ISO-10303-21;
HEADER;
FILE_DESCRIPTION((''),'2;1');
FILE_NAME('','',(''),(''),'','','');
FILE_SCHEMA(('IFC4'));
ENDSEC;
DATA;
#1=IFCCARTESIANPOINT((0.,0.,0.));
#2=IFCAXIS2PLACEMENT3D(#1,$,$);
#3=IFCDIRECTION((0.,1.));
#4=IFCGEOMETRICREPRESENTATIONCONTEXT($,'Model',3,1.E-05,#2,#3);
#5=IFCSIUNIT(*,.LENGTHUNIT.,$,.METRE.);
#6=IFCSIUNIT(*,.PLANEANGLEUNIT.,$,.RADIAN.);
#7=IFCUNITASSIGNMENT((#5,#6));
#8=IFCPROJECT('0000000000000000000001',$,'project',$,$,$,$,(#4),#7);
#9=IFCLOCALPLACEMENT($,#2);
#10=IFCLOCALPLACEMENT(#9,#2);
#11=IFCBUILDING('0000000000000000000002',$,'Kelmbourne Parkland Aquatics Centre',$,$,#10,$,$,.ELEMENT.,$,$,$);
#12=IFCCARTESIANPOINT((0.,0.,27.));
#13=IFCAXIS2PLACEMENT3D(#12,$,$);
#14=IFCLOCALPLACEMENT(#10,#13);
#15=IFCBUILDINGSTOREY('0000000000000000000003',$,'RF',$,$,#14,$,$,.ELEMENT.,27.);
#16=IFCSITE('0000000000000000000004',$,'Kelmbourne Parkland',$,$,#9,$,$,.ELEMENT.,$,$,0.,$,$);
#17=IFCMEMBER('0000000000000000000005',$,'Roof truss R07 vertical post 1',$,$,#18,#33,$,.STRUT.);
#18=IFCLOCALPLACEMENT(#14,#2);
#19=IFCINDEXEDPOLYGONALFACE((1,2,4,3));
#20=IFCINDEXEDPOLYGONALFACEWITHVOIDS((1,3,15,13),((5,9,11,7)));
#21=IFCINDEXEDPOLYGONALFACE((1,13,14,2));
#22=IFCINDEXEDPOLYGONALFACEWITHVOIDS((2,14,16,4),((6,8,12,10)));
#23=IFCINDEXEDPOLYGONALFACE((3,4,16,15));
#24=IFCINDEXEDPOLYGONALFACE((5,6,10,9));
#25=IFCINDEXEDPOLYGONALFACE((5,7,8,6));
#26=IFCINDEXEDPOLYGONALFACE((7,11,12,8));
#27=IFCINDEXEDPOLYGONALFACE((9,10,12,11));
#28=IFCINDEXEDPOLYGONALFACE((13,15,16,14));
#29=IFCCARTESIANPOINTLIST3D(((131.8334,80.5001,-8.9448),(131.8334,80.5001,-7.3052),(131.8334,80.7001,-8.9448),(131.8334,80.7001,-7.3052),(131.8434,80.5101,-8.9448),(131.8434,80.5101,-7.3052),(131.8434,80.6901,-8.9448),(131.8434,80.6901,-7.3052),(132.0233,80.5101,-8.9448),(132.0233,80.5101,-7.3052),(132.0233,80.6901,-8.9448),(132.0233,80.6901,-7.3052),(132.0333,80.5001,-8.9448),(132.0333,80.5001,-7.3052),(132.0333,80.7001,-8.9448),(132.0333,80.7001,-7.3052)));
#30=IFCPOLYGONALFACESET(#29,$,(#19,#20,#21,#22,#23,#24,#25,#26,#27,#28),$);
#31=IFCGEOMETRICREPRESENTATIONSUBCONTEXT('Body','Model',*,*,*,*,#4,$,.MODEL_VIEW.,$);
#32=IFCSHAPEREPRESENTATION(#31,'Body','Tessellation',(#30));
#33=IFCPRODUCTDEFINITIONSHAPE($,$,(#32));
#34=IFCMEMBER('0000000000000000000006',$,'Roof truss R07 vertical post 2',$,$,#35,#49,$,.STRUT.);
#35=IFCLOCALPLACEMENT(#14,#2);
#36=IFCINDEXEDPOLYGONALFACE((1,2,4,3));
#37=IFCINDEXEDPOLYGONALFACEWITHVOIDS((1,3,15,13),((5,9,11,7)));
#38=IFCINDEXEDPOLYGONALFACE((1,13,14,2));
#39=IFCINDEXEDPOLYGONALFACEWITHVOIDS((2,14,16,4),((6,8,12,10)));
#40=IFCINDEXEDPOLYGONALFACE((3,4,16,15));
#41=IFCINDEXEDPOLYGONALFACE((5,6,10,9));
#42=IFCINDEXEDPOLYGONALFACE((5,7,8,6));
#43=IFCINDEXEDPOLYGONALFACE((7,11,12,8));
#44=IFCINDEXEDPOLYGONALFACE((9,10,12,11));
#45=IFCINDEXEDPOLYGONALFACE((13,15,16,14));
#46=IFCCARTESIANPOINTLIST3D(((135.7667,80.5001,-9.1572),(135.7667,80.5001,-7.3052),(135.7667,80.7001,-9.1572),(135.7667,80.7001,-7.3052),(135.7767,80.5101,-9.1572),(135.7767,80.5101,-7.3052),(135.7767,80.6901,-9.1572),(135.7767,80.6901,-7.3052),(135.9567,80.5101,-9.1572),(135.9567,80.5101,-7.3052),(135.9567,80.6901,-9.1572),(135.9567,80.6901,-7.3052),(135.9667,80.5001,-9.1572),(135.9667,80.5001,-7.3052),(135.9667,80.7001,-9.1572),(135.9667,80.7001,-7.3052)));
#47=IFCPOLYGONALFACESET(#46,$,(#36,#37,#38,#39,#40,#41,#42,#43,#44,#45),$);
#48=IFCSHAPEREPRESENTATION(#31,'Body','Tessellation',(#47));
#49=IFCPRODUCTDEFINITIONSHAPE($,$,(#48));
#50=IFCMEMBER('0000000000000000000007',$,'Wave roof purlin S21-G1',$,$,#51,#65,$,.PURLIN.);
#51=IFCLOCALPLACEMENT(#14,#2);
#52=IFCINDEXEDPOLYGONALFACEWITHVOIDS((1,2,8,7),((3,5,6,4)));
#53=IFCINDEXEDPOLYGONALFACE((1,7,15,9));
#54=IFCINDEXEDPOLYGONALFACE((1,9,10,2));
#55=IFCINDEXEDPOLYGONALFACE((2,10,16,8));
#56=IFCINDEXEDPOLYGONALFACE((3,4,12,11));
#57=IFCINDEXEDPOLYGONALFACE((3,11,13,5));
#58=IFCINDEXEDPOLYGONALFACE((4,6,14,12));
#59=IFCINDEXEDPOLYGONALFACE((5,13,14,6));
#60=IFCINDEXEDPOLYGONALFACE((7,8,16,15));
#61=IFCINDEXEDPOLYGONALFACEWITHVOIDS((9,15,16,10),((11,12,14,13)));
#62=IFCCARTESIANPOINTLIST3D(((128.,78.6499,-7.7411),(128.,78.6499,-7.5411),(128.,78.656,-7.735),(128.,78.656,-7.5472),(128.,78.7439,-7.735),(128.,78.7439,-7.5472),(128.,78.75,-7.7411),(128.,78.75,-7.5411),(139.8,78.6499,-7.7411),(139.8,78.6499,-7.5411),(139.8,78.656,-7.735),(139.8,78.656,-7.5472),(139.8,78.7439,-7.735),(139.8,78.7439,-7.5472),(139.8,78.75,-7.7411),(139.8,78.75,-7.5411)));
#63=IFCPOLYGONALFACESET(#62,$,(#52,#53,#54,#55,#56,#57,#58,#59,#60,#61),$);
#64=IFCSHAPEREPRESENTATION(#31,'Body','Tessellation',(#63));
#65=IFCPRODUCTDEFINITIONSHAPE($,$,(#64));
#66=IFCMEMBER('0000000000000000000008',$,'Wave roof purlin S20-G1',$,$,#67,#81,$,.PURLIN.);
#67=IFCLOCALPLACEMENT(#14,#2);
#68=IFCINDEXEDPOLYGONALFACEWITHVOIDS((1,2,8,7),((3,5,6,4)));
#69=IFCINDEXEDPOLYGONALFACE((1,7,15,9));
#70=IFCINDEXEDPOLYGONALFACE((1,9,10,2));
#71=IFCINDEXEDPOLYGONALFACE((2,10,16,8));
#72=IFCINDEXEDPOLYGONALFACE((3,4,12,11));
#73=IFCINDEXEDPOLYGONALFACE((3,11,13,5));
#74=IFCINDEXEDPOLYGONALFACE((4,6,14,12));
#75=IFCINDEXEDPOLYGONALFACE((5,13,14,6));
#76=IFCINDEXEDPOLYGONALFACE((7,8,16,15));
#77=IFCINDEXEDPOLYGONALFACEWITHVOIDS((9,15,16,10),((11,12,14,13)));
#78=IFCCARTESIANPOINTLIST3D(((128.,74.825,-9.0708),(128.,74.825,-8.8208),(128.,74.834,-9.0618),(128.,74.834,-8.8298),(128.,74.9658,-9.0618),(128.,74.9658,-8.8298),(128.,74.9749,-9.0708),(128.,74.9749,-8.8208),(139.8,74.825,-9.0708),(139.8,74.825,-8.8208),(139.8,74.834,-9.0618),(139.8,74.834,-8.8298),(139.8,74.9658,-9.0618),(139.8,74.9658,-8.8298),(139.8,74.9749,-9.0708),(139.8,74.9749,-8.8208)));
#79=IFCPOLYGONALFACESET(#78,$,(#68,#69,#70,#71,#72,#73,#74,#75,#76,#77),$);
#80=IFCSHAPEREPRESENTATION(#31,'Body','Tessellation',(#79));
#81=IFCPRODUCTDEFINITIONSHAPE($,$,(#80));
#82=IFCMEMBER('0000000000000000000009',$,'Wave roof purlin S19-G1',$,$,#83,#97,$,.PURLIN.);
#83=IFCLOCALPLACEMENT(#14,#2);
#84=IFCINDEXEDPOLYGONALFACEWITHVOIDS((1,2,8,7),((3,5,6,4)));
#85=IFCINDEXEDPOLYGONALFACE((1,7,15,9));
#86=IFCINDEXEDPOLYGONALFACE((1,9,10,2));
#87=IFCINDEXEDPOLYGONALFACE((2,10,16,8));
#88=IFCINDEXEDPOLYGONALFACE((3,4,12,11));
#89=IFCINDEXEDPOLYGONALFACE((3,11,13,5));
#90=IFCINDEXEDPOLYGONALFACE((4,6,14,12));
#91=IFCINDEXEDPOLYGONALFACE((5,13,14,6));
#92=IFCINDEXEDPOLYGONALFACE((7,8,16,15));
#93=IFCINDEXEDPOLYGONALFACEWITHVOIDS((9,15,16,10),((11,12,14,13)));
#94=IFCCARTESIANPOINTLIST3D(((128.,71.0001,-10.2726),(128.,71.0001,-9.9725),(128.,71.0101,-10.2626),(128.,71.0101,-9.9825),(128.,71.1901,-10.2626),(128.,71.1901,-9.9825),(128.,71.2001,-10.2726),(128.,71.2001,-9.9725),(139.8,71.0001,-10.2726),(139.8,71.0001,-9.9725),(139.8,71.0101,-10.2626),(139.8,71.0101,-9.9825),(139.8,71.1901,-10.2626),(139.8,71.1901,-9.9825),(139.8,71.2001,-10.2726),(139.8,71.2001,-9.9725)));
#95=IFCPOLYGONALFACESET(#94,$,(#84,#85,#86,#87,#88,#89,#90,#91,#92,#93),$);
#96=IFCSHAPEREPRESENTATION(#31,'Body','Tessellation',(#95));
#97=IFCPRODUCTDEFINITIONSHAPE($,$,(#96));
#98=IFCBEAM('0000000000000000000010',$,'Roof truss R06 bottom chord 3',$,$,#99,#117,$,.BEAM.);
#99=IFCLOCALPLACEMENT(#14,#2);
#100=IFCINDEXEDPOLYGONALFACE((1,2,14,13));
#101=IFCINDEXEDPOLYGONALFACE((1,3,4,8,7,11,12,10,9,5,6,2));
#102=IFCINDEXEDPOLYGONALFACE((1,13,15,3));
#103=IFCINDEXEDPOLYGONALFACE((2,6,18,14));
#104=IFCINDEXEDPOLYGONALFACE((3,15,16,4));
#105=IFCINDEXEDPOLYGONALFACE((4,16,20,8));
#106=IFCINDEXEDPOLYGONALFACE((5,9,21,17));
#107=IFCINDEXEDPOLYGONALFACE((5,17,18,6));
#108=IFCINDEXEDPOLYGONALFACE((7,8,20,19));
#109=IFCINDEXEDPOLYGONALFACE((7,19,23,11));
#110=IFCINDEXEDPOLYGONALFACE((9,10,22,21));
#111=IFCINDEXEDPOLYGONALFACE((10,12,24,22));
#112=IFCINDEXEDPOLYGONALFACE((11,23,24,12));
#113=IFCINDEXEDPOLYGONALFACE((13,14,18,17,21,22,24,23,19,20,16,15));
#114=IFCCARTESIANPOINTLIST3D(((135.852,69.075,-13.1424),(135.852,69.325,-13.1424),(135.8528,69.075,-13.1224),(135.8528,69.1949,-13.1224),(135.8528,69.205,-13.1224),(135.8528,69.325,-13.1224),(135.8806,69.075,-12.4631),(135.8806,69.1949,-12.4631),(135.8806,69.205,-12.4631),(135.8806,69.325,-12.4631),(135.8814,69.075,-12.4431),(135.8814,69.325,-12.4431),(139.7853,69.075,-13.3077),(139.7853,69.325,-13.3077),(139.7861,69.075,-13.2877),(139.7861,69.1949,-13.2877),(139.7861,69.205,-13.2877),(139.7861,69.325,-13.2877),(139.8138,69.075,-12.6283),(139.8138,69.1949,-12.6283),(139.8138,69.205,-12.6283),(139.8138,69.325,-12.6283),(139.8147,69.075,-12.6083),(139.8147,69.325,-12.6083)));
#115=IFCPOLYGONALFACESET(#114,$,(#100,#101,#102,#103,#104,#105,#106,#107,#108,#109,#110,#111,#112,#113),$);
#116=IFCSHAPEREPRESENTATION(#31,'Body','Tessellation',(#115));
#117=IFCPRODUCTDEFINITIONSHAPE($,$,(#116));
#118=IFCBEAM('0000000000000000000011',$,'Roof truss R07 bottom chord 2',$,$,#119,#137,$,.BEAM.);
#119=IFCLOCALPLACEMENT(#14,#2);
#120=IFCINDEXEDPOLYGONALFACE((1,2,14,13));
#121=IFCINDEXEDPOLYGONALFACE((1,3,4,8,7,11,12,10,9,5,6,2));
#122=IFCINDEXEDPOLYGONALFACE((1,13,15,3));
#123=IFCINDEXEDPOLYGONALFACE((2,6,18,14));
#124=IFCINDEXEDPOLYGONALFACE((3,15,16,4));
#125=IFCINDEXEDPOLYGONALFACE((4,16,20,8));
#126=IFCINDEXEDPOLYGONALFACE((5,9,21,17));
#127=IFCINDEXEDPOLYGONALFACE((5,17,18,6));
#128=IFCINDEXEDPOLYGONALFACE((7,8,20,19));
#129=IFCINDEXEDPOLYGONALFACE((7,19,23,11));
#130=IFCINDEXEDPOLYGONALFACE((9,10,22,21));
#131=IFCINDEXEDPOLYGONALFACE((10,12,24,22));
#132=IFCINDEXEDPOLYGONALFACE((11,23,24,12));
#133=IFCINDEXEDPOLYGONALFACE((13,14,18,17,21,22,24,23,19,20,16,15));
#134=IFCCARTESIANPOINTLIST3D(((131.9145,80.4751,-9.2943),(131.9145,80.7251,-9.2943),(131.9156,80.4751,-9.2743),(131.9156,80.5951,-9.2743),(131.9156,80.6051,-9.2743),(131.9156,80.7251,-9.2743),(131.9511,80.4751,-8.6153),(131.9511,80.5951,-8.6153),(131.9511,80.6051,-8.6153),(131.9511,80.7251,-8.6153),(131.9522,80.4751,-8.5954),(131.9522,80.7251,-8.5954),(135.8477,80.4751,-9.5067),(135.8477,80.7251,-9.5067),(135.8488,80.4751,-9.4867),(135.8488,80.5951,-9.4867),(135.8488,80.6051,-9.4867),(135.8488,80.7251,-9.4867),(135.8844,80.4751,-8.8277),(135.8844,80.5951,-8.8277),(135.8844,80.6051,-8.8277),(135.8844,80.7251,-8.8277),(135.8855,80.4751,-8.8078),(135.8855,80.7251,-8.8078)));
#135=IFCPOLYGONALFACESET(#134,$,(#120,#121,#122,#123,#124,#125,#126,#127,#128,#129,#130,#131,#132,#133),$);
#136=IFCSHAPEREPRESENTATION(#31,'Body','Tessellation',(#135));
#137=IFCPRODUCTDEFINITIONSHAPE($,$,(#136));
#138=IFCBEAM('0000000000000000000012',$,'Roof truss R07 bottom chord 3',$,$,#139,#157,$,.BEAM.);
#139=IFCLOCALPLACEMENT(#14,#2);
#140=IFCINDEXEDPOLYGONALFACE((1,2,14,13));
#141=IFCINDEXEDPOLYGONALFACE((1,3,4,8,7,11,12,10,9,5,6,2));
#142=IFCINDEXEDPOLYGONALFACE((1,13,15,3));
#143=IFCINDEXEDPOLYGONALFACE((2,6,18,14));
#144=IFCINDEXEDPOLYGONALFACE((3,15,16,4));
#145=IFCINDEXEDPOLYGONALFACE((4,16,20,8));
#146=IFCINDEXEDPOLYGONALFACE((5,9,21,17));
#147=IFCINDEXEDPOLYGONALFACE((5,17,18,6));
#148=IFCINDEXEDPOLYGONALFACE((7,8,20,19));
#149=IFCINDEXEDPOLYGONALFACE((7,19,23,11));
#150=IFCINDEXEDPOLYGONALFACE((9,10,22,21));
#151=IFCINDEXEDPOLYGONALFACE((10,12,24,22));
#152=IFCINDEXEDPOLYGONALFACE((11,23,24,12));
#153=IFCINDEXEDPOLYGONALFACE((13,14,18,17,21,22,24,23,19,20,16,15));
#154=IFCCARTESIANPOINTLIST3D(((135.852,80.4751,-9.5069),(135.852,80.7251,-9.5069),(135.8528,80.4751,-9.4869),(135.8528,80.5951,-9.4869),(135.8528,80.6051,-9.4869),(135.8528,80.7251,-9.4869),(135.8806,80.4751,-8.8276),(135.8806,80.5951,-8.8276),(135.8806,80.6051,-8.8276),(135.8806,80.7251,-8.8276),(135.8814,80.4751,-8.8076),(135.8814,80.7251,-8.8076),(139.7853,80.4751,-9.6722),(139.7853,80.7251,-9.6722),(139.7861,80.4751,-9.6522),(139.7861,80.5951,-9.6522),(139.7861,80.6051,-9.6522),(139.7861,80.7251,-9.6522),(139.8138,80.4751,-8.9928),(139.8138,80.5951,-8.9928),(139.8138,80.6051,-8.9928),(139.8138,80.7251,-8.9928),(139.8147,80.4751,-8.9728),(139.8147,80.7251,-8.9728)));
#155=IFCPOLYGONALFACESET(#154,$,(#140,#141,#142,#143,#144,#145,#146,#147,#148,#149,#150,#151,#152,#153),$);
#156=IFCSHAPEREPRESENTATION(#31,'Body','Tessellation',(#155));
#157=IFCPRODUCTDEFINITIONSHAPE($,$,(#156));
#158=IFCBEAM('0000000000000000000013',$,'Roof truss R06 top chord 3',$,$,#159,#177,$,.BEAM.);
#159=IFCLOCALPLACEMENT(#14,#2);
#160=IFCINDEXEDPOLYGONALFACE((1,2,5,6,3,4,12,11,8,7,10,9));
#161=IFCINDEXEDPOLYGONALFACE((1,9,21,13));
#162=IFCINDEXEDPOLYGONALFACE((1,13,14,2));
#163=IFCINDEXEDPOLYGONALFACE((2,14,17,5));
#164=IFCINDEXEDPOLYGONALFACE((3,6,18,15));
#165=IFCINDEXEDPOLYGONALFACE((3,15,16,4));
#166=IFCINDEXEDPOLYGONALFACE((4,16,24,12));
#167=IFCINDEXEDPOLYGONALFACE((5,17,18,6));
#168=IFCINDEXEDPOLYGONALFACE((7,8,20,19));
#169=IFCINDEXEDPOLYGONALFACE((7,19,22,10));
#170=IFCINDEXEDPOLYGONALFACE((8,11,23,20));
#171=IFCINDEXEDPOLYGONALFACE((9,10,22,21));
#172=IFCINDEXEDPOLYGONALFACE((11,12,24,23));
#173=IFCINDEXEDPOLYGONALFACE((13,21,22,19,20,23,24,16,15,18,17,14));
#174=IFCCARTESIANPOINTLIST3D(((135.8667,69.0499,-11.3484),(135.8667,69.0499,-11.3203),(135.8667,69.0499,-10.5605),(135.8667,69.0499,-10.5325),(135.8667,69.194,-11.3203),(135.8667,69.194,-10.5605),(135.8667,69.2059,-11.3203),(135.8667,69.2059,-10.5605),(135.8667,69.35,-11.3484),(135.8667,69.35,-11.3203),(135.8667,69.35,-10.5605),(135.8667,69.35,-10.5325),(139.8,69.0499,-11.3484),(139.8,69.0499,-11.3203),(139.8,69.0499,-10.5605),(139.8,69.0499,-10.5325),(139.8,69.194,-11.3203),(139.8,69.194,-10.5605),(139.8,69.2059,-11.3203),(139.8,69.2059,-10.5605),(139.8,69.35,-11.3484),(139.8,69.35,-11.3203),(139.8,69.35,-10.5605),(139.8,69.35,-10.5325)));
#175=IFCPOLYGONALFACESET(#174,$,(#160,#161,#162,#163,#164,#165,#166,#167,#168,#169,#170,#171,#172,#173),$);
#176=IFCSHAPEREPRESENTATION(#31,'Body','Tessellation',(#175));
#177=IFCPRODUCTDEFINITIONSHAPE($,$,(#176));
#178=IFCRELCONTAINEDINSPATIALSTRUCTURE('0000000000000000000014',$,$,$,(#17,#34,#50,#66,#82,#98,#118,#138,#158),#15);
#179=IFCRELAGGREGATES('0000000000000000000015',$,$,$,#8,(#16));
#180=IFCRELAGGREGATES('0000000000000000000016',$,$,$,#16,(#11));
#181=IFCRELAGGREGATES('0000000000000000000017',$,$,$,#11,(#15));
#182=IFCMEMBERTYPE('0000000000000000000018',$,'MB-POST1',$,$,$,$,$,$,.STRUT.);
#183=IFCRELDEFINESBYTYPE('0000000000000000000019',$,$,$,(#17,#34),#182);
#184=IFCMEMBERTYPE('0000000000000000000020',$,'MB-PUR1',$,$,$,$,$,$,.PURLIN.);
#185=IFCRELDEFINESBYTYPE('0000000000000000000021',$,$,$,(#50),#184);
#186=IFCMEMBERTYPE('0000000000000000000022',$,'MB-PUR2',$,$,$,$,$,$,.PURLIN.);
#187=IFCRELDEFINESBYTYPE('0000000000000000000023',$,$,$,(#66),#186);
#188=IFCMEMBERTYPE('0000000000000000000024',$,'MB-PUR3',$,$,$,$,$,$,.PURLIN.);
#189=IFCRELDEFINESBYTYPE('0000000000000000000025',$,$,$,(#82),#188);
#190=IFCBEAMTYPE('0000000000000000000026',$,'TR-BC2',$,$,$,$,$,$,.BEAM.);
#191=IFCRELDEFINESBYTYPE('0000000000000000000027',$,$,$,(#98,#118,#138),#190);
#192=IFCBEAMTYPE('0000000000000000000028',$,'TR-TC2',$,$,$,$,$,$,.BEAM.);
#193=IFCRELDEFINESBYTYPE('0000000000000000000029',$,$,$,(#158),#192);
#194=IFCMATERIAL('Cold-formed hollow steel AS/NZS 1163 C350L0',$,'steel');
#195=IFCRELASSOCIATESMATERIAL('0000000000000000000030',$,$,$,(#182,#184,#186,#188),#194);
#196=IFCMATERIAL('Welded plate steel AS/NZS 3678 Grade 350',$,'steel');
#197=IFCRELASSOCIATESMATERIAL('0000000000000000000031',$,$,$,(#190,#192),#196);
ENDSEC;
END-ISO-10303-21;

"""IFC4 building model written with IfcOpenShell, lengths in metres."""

from ifc_helpers import new_model, si_unit, direction, frame, origin, origin_2d, place, context, subcontext, project, spatial, hollow_rectangle, i_section, extrude, material, material_profile, profile_set, type_object, element, save


model = new_model("IFC4")

# Units and contexts
model_context = context("Model", 3, precision=1e-05, world=origin(), true_north=direction((0.0, 1.0)))
body_context = subcontext(model_context, "Body", "Model", "MODEL_VIEW")
ifc_project = project(units=[si_unit("LENGTHUNIT", "METRE"), si_unit("PLANEANGLEUNIT", "RADIAN")], contexts=[model_context])

# Site, building, storey
site_placement = place(None, origin())
site = spatial("IfcSite", under=ifc_project, at=site_placement, Name="Kelmbourne Parkland", CompositionType="ELEMENT", RefElevation=0.0)
building_placement = place(site_placement, origin())
building = spatial("IfcBuilding", under=site, at=building_placement, Name="Kelmbourne Parkland Aquatics Centre", CompositionType="ELEMENT")
storey_placement = place(building_placement, frame((0.0, 0.0, 27.0)))
storey = spatial("IfcBuildingStorey", under=building, at=storey_placement, Name="RF", CompositionType="ELEMENT", Elevation=27.0)

# Members
ifc_material_1 = material(Name="Cold-formed hollow steel AS/NZS 1163 C350L0", Category="steel")
ifc_material_profile_1 = material_profile(ifc_material_1, hollow_rectangle(XDim=0.2, YDim=0.2, WallThickness=0.01, at=origin_2d()), Name="SHS 200x200x10.0")
ifc_profile_set_1 = profile_set([ifc_material_profile_1], Name="Cold-formed hollow steel AS/NZS 1163 C350L0")
member_type_1 = type_object("IfcMemberType", Name="MB-POST1", PredefinedType="STRUT", material=ifc_profile_set_1)
member_1_placement = place(storey_placement, frame((131.9333, 80.6001, -8.9448), z_axis=(0.0, 0.0, 1.0), x_axis=(1.0, 0.0, 0.0)))
element("IfcMember", 1, at=member_1_placement, inside=storey, type_object=member_type_1, Name="Roof truss R07 vertical post 1", PredefinedType="STRUT", context=body_context, shape_type="SweptSolid", body=[
    extrude(hollow_rectangle(XDim=0.2, YDim=0.2, WallThickness=0.01, at=origin_2d()), origin(), (0.0, 0.0, 1.0), 1.6396),
])
member_2_placement = place(storey_placement, frame((135.8667, 80.6001, -9.1572), z_axis=(0.0, 0.0, 1.0), x_axis=(1.0, 0.0, 0.0)))
element("IfcMember", 2, at=member_2_placement, inside=storey, type_object=member_type_1, Name="Roof truss R07 vertical post 2", PredefinedType="STRUT", context=body_context, shape_type="SweptSolid", body=[
    extrude(hollow_rectangle(XDim=0.2, YDim=0.2, WallThickness=0.01, at=origin_2d()), origin(), (0.0, 0.0, 1.0), 1.8521),
])
ifc_material_profile_2 = material_profile(ifc_material_1, hollow_rectangle(XDim=0.1001, YDim=0.2, WallThickness=0.0061, at=origin_2d()), Name="RHS 200x100x6.0")
ifc_profile_set_2 = profile_set([ifc_material_profile_2], Name="Cold-formed hollow steel AS/NZS 1163 C350L0")
member_type_2 = type_object("IfcMemberType", Name="MB-PUR1", PredefinedType="PURLIN", material=ifc_profile_set_2)
member_3_placement = place(storey_placement, frame((128.0, 78.7, -7.6411), z_axis=(1.0, 0.0, 0.0), x_axis=(0.0, 1.0, 0.0)))
element("IfcMember", 3, at=member_3_placement, inside=storey, type_object=member_type_2, Name="Wave roof purlin S21-G1", PredefinedType="PURLIN", context=body_context, shape_type="SweptSolid", body=[
    extrude(hollow_rectangle(XDim=0.1001, YDim=0.2, WallThickness=0.0061, at=origin_2d()), origin(), (0.0, 0.0, 1.0), 11.8),
])
ifc_material_profile_3 = material_profile(ifc_material_1, hollow_rectangle(XDim=0.1499, YDim=0.25, WallThickness=0.009, at=origin_2d()), Name="RHS 250x150x9.0")
ifc_profile_set_3 = profile_set([ifc_material_profile_3], Name="Cold-formed hollow steel AS/NZS 1163 C350L0")
member_type_3 = type_object("IfcMemberType", Name="MB-PUR2", PredefinedType="PURLIN", material=ifc_profile_set_3)
member_4_placement = place(storey_placement, frame((128.0, 74.8999, -8.9458), z_axis=(1.0, 0.0, 0.0), x_axis=(0.0, 1.0, 0.0)))
element("IfcMember", 4, at=member_4_placement, inside=storey, type_object=member_type_3, Name="Wave roof purlin S20-G1", PredefinedType="PURLIN", context=body_context, shape_type="SweptSolid", body=[
    extrude(hollow_rectangle(XDim=0.1499, YDim=0.25, WallThickness=0.009, at=origin_2d()), origin(), (0.0, 0.0, 1.0), 11.8),
])
ifc_material_profile_4 = material_profile(ifc_material_1, hollow_rectangle(XDim=0.2, YDim=0.3, WallThickness=0.01, at=origin_2d()), Name="RHS 300x200x10.0")
ifc_profile_set_4 = profile_set([ifc_material_profile_4], Name="Cold-formed hollow steel AS/NZS 1163 C350L0")
member_type_4 = type_object("IfcMemberType", Name="MB-PUR3", PredefinedType="PURLIN", material=ifc_profile_set_4)
member_5_placement = place(storey_placement, frame((128.0, 71.1001, -10.1226), z_axis=(1.0, 0.0, 0.0), x_axis=(0.0, 1.0, 0.0)))
element("IfcMember", 5, at=member_5_placement, inside=storey, type_object=member_type_4, Name="Wave roof purlin S19-G1", PredefinedType="PURLIN", context=body_context, shape_type="SweptSolid", body=[
    extrude(hollow_rectangle(XDim=0.2, YDim=0.3, WallThickness=0.01, at=origin_2d()), origin(), (0.0, 0.0, 1.0), 11.8),
])

# Beams
ifc_material_2 = material(Name="Welded plate steel AS/NZS 3678 Grade 350", Category="steel")
ifc_material_profile_5 = material_profile(ifc_material_2, i_section(OverallWidth=0.25, OverallDepth=0.7, WebThickness=0.01, FlangeThickness=0.02, at=origin_2d()), Name="700WB130")
ifc_profile_set_5 = profile_set([ifc_material_profile_5], Name="Welded plate steel AS/NZS 3678 Grade 350")
beam_type_1 = type_object("IfcBeamType", Name="TR-BC2", PredefinedType="BEAM", material=ifc_profile_set_5)
beam_1_placement = place(storey_placement, frame((135.8667, 69.2, -12.7927), z_axis=(0.999118, 0.0, -0.041984), x_axis=(0.0, 1.0, 0.0)))
element("IfcBeam", 6, at=beam_1_placement, inside=storey, type_object=beam_type_1, Name="Roof truss R06 bottom chord 3", PredefinedType="BEAM", context=body_context, shape_type="SweptSolid", body=[
    extrude(i_section(OverallWidth=0.25, OverallDepth=0.7, WebThickness=0.01, FlangeThickness=0.02, at=origin_2d()), origin(), (0.0, 0.0, 1.0), 3.9368),
])
beam_2_placement = place(storey_placement, frame((131.9333, 80.6001, -8.9448), z_axis=(0.998545, 0.0, -0.053922), x_axis=(0.0, 1.0, 0.0)))
element("IfcBeam", 7, at=beam_2_placement, inside=storey, type_object=beam_type_1, Name="Roof truss R07 bottom chord 2", PredefinedType="BEAM", context=body_context, shape_type="SweptSolid", body=[
    extrude(i_section(OverallWidth=0.25, OverallDepth=0.7, WebThickness=0.01, FlangeThickness=0.02, at=origin_2d()), origin(), (0.0, 0.0, 1.0), 3.939),
])
beam_3_placement = place(storey_placement, frame((135.8667, 80.6001, -9.1572), z_axis=(0.999118, 0.0, -0.041984), x_axis=(0.0, 1.0, 0.0)))
element("IfcBeam", 8, at=beam_3_placement, inside=storey, type_object=beam_type_1, Name="Roof truss R07 bottom chord 3", PredefinedType="BEAM", context=body_context, shape_type="SweptSolid", body=[
    extrude(i_section(OverallWidth=0.25, OverallDepth=0.7, WebThickness=0.01, FlangeThickness=0.02, at=origin_2d()), origin(), (0.0, 0.0, 1.0), 3.9368),
])
ifc_material_profile_6 = material_profile(ifc_material_2, i_section(OverallWidth=0.3, OverallDepth=0.8159, WebThickness=0.012, FlangeThickness=0.0281, at=origin_2d()), Name="800WB192")
ifc_profile_set_6 = profile_set([ifc_material_profile_6], Name="Welded plate steel AS/NZS 3678 Grade 350")
beam_type_2 = type_object("IfcBeamType", Name="TR-TC2", PredefinedType="BEAM", material=ifc_profile_set_6)
for number, where, z_axis, x_axis, name in (
    (9, (135.8667, 69.2, -10.9404), (1.0, 0.0, 0.0), (0.0, 1.0, 0.0), "Roof truss R06 top chord 3"),
):
    element("IfcBeam", number, at=place(storey_placement, frame(where, z_axis=z_axis, x_axis=x_axis)), inside=storey, type_object=beam_type_2, Name=name, PredefinedType="BEAM", context=body_context, shape_type="SweptSolid", body=[
        extrude(i_section(OverallWidth=0.3, OverallDepth=0.8159, WebThickness=0.012, FlangeThickness=0.0281, at=origin_2d()), origin(), (0.0, 0.0, 1.0), 3.9333),
    ])

save(model, "model.ifc")
